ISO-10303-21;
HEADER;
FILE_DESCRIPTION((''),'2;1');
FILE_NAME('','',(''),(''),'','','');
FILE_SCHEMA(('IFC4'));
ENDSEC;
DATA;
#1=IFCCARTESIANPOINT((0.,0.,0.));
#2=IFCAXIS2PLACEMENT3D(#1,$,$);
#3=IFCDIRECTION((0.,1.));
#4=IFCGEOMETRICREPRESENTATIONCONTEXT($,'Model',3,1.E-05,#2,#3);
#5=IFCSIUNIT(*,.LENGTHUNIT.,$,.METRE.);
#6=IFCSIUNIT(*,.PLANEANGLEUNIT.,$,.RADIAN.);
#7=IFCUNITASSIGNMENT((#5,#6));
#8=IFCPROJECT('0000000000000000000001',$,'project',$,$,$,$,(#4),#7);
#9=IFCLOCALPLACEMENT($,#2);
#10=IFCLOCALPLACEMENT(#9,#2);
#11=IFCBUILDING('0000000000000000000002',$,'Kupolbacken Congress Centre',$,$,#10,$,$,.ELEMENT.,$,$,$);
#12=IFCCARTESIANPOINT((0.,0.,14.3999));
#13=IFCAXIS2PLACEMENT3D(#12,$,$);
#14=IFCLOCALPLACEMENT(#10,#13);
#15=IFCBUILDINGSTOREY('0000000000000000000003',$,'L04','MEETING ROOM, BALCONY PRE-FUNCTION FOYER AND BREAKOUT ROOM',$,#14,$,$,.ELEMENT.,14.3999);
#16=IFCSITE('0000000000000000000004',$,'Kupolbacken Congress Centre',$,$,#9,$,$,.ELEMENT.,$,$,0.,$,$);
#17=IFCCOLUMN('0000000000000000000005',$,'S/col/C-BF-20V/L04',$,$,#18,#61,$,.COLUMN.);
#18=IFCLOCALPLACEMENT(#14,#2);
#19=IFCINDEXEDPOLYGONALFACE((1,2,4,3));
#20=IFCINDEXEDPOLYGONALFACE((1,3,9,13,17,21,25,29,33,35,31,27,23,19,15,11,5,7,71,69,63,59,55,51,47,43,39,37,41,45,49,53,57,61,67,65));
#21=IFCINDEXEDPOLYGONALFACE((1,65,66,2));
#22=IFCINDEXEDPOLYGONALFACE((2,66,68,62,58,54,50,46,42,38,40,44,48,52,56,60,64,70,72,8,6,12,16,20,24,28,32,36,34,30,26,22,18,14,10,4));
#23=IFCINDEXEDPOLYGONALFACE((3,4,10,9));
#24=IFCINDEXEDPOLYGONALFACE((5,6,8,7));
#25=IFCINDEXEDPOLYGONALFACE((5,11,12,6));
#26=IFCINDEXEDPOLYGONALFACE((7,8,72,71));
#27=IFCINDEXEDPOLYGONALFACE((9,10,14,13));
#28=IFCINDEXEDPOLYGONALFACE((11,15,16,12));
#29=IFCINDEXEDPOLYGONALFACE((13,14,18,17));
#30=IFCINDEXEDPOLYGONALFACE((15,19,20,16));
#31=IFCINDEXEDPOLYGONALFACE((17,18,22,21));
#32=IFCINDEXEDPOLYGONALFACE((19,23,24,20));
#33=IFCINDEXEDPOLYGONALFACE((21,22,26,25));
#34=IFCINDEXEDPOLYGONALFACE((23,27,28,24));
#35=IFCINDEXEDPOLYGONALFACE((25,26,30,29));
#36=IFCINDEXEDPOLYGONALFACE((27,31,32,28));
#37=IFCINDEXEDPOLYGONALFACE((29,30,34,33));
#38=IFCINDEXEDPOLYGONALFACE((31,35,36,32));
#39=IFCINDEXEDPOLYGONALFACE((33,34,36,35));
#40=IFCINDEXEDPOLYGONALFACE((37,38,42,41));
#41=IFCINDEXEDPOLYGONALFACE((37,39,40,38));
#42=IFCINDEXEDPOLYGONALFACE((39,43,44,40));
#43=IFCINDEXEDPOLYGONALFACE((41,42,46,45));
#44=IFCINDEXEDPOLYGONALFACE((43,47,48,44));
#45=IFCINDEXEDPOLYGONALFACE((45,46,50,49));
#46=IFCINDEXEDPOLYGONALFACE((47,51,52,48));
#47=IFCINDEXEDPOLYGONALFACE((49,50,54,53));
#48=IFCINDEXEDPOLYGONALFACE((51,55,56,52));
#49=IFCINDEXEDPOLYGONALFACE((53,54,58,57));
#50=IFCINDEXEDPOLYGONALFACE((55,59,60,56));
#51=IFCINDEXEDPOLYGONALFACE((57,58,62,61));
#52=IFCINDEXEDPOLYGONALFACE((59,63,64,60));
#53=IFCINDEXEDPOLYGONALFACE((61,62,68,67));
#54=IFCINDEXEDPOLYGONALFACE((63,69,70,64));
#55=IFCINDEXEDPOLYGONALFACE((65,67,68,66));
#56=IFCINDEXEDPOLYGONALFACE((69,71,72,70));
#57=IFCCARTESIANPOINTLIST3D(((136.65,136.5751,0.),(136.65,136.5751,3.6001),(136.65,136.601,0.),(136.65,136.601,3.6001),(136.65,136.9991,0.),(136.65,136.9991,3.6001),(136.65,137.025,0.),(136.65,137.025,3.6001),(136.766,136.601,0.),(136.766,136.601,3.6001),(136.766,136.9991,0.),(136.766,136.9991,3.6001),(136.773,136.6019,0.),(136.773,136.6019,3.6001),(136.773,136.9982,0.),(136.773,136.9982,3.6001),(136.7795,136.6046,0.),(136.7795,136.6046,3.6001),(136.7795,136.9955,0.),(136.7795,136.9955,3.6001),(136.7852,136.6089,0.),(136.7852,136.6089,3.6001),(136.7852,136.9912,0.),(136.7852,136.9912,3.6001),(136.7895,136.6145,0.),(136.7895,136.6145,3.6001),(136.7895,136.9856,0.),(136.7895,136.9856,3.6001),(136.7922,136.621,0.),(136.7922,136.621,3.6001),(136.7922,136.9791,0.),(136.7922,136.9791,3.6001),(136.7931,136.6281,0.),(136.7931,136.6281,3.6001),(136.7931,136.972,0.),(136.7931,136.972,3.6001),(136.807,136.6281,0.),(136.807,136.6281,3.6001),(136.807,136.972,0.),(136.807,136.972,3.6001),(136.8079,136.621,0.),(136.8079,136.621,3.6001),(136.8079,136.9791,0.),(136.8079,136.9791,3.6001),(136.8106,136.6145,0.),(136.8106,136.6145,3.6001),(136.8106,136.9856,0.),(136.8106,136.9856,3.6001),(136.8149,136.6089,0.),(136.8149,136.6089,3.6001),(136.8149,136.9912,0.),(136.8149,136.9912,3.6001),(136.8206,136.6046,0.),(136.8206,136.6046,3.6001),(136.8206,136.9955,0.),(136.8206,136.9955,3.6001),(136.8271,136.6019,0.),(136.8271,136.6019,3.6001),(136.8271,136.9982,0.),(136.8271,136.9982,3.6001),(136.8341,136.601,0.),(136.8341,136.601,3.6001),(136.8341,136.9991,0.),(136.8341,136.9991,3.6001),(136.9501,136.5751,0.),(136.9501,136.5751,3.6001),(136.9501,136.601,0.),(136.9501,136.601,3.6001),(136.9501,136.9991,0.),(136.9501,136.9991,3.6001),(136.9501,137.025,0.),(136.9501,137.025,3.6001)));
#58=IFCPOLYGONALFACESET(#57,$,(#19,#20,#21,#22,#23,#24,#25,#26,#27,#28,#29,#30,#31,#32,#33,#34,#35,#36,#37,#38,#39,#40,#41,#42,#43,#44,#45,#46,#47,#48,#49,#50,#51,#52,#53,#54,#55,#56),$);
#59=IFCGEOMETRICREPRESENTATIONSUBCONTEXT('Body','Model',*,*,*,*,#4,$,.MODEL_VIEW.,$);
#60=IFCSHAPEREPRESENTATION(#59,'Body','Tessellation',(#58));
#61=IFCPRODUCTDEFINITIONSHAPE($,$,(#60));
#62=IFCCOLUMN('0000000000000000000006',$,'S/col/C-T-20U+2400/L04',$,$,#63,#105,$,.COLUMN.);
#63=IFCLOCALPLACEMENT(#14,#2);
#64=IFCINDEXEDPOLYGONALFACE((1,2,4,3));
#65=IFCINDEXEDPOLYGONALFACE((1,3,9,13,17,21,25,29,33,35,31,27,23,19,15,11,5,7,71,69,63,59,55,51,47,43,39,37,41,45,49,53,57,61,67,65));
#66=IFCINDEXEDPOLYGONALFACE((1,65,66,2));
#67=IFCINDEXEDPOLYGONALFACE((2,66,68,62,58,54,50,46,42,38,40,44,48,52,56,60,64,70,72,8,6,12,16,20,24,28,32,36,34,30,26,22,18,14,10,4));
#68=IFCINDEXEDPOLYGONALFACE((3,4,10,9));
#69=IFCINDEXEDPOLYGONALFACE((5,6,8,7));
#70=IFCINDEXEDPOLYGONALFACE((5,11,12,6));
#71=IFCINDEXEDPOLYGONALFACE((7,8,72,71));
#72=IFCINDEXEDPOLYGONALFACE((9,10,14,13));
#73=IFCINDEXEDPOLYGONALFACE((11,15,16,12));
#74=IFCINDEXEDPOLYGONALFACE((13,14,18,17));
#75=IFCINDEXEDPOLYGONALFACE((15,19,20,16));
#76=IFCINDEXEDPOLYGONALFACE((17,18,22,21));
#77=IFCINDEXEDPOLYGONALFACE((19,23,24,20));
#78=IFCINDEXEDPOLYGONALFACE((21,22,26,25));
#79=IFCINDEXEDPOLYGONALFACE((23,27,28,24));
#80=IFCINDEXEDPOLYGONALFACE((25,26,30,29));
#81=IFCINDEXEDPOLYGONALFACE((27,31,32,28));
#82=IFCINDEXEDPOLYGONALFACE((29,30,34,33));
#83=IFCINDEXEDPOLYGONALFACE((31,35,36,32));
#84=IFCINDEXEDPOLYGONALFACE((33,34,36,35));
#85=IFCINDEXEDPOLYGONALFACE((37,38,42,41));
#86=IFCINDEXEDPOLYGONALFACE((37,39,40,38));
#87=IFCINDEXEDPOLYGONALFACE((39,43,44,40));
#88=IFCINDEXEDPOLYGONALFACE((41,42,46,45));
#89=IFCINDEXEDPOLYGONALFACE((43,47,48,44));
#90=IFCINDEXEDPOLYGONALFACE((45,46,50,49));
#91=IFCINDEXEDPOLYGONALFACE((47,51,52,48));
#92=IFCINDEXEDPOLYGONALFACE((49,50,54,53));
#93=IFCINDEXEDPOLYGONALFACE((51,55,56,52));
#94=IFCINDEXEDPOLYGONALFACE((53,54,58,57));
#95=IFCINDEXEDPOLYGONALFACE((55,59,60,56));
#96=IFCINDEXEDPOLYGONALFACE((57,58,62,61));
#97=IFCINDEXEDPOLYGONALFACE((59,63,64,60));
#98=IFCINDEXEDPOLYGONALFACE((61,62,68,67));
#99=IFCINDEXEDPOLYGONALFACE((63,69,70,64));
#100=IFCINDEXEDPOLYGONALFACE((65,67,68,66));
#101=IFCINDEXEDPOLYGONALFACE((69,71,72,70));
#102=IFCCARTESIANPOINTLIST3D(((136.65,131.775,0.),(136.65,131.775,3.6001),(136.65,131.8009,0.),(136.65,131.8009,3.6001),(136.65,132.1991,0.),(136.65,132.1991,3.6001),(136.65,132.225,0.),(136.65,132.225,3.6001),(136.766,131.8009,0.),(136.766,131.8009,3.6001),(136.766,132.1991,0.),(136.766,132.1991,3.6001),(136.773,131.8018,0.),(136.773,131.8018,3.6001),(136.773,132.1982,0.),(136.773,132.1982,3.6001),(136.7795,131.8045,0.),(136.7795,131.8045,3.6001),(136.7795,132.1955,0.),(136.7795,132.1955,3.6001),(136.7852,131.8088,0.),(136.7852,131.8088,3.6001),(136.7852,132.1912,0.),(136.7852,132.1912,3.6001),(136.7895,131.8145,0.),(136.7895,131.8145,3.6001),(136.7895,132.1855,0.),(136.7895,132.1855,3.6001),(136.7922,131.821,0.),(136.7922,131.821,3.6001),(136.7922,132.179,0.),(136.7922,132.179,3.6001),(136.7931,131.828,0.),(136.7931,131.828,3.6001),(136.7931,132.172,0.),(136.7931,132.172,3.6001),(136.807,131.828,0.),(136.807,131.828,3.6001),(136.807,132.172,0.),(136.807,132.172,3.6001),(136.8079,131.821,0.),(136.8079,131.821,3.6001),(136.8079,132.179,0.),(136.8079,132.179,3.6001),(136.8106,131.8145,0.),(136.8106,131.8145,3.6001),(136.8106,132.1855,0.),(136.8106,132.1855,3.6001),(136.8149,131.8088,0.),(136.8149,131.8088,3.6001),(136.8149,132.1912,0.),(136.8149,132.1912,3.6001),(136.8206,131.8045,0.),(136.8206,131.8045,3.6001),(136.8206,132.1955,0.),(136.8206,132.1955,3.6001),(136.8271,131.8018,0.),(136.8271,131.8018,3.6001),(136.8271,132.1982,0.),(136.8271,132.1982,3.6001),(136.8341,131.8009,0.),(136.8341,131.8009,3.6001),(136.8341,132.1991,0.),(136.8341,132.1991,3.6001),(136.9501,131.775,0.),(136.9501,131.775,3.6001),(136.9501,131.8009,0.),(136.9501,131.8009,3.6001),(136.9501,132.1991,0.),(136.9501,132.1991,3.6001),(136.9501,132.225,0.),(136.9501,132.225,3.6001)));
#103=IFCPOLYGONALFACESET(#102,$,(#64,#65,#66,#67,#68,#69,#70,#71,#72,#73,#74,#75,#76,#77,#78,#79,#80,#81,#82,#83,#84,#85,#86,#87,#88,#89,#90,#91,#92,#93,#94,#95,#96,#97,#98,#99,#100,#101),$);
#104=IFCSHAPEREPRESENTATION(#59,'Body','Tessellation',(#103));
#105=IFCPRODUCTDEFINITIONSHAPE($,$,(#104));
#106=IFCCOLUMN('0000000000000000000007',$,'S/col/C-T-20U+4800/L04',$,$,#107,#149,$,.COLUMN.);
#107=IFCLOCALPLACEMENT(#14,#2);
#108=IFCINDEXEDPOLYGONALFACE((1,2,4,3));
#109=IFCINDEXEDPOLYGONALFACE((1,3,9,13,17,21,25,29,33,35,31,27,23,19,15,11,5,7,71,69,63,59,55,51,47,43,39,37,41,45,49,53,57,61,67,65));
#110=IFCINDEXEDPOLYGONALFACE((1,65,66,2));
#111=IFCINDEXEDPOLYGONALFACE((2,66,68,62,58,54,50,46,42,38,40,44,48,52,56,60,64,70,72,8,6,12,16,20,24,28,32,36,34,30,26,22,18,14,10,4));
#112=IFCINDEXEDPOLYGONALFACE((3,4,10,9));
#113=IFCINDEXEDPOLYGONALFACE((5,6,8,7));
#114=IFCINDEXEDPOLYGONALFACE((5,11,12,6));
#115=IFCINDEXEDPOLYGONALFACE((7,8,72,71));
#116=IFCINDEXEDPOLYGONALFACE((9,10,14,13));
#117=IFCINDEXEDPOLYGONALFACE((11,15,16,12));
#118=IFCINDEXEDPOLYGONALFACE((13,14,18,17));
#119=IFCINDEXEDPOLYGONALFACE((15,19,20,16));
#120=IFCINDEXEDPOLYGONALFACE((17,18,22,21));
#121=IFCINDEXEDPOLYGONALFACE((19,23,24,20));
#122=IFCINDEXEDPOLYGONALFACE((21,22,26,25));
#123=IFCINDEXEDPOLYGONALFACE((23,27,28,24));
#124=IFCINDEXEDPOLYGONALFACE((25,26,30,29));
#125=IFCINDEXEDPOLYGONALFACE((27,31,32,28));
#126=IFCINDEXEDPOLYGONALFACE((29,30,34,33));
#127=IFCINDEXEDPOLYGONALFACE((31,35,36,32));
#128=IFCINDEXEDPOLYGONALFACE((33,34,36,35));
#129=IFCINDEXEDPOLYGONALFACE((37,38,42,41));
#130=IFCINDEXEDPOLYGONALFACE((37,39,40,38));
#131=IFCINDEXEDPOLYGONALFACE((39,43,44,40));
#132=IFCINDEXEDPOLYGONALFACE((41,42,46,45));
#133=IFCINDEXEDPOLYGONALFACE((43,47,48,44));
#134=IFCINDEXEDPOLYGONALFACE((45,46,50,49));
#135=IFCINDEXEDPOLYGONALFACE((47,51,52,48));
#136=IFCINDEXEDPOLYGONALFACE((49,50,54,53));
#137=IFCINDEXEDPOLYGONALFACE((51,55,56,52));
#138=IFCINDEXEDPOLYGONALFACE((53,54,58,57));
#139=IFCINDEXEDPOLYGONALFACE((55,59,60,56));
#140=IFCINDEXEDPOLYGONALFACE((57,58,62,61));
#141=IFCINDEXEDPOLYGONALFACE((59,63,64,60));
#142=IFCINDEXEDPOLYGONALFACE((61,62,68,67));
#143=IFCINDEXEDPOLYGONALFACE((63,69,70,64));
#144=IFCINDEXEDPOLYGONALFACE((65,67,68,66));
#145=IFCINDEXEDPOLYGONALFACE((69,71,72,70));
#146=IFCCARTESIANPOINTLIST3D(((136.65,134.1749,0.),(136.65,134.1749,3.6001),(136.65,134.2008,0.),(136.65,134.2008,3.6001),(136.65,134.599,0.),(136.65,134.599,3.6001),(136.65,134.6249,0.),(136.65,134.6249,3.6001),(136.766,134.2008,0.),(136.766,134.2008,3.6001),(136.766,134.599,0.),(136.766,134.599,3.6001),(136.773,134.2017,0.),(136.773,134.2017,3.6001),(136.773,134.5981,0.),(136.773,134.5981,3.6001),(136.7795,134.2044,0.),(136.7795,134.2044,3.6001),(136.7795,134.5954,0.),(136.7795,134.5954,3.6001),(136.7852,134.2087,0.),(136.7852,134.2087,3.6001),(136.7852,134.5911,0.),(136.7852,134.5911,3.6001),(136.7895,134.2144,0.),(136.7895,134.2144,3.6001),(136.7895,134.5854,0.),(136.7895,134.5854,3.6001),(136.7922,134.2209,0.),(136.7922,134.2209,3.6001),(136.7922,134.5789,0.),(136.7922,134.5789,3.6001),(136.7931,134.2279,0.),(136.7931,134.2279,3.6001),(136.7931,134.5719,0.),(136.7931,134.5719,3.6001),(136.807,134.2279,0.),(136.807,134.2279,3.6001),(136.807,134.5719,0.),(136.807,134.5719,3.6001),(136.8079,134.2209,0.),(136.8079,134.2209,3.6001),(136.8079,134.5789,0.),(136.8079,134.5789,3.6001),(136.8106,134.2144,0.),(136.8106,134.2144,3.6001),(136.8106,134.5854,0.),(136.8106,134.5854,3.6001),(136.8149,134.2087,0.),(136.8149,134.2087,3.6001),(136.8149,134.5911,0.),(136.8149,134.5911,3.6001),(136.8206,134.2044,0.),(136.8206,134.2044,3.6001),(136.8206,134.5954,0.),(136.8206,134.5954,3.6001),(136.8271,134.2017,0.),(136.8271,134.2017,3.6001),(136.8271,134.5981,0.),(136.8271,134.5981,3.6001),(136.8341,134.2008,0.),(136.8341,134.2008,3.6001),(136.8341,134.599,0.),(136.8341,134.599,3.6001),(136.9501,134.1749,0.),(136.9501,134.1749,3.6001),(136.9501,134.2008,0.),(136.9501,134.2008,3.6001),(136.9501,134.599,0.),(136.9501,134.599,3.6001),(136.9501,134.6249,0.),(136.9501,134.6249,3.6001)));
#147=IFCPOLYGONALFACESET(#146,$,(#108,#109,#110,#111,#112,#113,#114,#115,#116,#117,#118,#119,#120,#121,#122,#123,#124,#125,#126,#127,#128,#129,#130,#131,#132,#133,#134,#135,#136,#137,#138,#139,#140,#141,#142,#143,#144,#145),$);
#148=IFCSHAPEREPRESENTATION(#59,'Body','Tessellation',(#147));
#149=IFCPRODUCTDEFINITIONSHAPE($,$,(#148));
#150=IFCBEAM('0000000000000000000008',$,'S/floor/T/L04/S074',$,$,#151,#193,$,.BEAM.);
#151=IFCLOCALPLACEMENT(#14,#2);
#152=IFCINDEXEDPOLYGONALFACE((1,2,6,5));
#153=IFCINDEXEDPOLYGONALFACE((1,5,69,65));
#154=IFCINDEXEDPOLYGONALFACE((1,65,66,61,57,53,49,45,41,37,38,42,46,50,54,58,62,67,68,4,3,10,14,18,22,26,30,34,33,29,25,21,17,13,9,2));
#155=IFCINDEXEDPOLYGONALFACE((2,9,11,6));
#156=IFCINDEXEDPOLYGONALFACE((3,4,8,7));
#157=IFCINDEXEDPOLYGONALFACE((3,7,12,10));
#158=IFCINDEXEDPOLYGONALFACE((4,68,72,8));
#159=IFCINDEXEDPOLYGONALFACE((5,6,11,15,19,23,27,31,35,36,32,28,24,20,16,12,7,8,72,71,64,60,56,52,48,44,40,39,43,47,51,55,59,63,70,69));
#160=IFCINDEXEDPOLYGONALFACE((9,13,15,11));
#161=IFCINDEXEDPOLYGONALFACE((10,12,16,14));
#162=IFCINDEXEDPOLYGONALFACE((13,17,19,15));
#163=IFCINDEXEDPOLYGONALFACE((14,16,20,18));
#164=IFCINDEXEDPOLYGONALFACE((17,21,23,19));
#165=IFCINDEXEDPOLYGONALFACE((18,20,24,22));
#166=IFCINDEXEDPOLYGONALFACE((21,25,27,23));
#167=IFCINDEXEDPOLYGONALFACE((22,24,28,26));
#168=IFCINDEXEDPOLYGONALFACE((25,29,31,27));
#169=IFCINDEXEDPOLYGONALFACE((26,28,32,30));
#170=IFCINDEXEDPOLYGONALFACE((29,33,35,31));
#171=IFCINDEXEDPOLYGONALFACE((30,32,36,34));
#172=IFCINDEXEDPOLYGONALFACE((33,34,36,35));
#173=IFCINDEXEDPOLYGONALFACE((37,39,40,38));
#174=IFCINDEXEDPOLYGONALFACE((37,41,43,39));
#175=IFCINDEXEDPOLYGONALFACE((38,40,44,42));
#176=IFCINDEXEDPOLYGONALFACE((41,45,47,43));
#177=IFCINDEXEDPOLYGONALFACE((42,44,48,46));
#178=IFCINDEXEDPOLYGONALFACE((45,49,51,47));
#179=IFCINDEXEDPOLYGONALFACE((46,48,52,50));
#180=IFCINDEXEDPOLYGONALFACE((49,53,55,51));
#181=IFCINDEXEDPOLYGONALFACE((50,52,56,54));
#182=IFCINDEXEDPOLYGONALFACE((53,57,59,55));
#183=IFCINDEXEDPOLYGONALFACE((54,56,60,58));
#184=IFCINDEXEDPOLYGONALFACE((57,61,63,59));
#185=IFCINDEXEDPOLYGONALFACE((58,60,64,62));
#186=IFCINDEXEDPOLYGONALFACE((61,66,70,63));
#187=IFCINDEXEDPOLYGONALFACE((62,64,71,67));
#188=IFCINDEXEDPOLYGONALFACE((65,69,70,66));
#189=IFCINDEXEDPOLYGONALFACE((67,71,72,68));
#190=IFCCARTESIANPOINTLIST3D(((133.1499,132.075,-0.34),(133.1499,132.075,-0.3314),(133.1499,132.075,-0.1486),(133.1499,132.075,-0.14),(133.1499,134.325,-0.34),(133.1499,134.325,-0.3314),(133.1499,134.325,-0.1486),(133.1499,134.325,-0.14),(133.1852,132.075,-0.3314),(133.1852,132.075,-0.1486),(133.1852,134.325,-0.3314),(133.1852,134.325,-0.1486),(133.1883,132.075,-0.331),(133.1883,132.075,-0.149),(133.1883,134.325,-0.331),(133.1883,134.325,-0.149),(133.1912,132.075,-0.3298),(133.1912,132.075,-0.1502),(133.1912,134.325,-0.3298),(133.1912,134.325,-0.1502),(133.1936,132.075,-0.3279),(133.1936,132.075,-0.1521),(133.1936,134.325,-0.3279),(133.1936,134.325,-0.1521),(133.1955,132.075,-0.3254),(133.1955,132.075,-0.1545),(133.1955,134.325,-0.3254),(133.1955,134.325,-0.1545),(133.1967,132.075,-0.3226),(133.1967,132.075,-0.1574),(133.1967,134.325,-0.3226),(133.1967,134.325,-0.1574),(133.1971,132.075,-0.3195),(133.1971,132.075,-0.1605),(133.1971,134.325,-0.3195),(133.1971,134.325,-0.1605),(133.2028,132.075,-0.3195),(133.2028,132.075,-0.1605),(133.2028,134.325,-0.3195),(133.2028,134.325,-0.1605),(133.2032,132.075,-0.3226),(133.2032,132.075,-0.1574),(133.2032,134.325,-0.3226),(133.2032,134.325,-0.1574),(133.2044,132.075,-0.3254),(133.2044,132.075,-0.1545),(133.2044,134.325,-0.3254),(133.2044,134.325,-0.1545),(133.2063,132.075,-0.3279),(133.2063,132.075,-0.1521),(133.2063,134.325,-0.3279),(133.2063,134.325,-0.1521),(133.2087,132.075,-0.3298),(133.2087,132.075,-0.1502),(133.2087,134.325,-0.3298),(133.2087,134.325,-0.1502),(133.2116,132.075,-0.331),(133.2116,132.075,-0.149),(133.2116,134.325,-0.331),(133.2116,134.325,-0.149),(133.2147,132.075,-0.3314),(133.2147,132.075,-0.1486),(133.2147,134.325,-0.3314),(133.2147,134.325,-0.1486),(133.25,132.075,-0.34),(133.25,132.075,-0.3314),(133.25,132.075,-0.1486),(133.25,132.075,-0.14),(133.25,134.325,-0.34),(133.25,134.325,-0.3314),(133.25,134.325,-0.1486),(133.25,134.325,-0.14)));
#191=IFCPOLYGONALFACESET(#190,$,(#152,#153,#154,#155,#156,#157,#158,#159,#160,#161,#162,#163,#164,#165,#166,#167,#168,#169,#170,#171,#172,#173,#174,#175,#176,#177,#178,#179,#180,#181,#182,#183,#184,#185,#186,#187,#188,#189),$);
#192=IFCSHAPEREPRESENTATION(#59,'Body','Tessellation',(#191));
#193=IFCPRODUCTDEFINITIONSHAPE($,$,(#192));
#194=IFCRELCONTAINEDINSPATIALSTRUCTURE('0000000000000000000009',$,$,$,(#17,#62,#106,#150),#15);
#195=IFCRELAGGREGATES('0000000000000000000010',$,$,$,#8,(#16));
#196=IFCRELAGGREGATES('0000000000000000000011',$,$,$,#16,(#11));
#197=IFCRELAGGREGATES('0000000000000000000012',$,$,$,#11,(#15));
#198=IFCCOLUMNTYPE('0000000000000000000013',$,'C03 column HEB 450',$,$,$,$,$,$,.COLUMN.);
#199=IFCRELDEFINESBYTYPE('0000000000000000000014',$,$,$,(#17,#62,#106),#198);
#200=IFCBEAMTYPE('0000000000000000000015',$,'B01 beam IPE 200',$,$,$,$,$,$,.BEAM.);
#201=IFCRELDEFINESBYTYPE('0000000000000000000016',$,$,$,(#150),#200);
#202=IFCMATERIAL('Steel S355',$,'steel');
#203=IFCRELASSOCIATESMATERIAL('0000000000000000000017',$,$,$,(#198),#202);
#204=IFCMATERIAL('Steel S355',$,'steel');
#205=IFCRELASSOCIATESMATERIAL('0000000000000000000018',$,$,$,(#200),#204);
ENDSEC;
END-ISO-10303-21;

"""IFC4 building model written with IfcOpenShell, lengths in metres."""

from ifc_helpers import new_model, si_unit, direction, frame, origin, origin_2d, place, context, subcontext, project, spatial, i_section, extrude, material, material_profile, profile_set, type_object, element, save


model = new_model("IFC4")

# Units and contexts
model_context = context("Model", 3, precision=1e-05, world=origin(), true_north=direction((0.0, 1.0)))
body_context = subcontext(model_context, "Body", "Model", "MODEL_VIEW")
ifc_project = project(units=[si_unit("LENGTHUNIT", "METRE"), si_unit("PLANEANGLEUNIT", "RADIAN")], contexts=[model_context])

# Site, building, storey
site_placement = place(None, origin())
site = spatial("IfcSite", under=ifc_project, at=site_placement, Name="Kupolbacken Congress Centre", CompositionType="ELEMENT", RefElevation=0.0)
building_placement = place(site_placement, origin())
building = spatial("IfcBuilding", under=site, at=building_placement, Name="Kupolbacken Congress Centre", CompositionType="ELEMENT")
storey_placement = place(building_placement, frame((0.0, 0.0, 14.3999)))
storey = spatial("IfcBuildingStorey", under=building, at=storey_placement, Name="L04", Description="MEETING ROOM, BALCONY PRE-FUNCTION FOYER AND BREAKOUT ROOM", CompositionType="ELEMENT", Elevation=14.3999)

# Columns
ifc_material_1 = material(Name="Steel S355", Category="steel")
ifc_material_profile_1 = material_profile(ifc_material_1, i_section(OverallWidth=0.3, OverallDepth=0.45, WebThickness=0.0139, FlangeThickness=0.0259, FilletRadius=0.0271, at=origin_2d()), Name="HEB 450")
ifc_profile_set_1 = profile_set([ifc_material_profile_1], Name="Steel S355")
column_type = type_object("IfcColumnType", Name="C03 column HEB 450", PredefinedType="COLUMN", material=ifc_profile_set_1)
for number, where, z_axis, x_axis, name in (
    (1, (136.8, 136.8, 0.0), (0.0, 0.0, 1.0), (1.0, 0.0, 0.0), "S/col/C-BF-20V/L04"),
    (2, (136.8, 132.0, 0.0), (0.0, 0.0, 1.0), (1.0, 0.0, 0.0), "S/col/C-T-20U+2400/L04"),
    (3, (136.8, 134.3999, 0.0), (0.0, 0.0, 1.0), (1.0, 0.0, 0.0), "S/col/C-T-20U+4800/L04"),
):
    element("IfcColumn", number, at=place(storey_placement, frame(where, z_axis=z_axis, x_axis=x_axis)), inside=storey, type_object=column_type, Name=name, PredefinedType="COLUMN", context=body_context, shape_type="SweptSolid", body=[
        extrude(i_section(OverallWidth=0.3, OverallDepth=0.45, WebThickness=0.0139, FlangeThickness=0.0259, FilletRadius=0.0271, at=origin_2d()), origin(), (0.0, 0.0, 1.0), 3.6001),
    ])

# Beam
ifc_material_2 = material(Name="Steel S355", Category="steel")
ifc_material_profile_2 = material_profile(ifc_material_2, i_section(OverallWidth=0.1001, OverallDepth=0.2, WebThickness=0.0056, FlangeThickness=0.0085, FilletRadius=0.012, at=origin_2d()), Name="IPE 200")
ifc_profile_set_2 = profile_set([ifc_material_profile_2], Name="Steel S355")
beam_type_1 = type_object("IfcBeamType", Name="B01 beam IPE 200", PredefinedType="BEAM", material=ifc_profile_set_2)
beam_1_placement = place(storey_placement, frame((133.2, 132.075, -0.24), z_axis=(0.0, 1.0, 0.0), x_axis=(-1.0, 0.0, 0.0)))
element("IfcBeam", 4, at=beam_1_placement, inside=storey, type_object=beam_type_1, Name="S/floor/T/L04/S074", PredefinedType="BEAM", context=body_context, shape_type="SweptSolid", body=[
    extrude(i_section(OverallWidth=0.1001, OverallDepth=0.2, WebThickness=0.0056, FlangeThickness=0.0085, FilletRadius=0.012, at=origin_2d()), origin(), (0.0, 0.0, 1.0), 2.25),
])

save(model, "model.ifc")
